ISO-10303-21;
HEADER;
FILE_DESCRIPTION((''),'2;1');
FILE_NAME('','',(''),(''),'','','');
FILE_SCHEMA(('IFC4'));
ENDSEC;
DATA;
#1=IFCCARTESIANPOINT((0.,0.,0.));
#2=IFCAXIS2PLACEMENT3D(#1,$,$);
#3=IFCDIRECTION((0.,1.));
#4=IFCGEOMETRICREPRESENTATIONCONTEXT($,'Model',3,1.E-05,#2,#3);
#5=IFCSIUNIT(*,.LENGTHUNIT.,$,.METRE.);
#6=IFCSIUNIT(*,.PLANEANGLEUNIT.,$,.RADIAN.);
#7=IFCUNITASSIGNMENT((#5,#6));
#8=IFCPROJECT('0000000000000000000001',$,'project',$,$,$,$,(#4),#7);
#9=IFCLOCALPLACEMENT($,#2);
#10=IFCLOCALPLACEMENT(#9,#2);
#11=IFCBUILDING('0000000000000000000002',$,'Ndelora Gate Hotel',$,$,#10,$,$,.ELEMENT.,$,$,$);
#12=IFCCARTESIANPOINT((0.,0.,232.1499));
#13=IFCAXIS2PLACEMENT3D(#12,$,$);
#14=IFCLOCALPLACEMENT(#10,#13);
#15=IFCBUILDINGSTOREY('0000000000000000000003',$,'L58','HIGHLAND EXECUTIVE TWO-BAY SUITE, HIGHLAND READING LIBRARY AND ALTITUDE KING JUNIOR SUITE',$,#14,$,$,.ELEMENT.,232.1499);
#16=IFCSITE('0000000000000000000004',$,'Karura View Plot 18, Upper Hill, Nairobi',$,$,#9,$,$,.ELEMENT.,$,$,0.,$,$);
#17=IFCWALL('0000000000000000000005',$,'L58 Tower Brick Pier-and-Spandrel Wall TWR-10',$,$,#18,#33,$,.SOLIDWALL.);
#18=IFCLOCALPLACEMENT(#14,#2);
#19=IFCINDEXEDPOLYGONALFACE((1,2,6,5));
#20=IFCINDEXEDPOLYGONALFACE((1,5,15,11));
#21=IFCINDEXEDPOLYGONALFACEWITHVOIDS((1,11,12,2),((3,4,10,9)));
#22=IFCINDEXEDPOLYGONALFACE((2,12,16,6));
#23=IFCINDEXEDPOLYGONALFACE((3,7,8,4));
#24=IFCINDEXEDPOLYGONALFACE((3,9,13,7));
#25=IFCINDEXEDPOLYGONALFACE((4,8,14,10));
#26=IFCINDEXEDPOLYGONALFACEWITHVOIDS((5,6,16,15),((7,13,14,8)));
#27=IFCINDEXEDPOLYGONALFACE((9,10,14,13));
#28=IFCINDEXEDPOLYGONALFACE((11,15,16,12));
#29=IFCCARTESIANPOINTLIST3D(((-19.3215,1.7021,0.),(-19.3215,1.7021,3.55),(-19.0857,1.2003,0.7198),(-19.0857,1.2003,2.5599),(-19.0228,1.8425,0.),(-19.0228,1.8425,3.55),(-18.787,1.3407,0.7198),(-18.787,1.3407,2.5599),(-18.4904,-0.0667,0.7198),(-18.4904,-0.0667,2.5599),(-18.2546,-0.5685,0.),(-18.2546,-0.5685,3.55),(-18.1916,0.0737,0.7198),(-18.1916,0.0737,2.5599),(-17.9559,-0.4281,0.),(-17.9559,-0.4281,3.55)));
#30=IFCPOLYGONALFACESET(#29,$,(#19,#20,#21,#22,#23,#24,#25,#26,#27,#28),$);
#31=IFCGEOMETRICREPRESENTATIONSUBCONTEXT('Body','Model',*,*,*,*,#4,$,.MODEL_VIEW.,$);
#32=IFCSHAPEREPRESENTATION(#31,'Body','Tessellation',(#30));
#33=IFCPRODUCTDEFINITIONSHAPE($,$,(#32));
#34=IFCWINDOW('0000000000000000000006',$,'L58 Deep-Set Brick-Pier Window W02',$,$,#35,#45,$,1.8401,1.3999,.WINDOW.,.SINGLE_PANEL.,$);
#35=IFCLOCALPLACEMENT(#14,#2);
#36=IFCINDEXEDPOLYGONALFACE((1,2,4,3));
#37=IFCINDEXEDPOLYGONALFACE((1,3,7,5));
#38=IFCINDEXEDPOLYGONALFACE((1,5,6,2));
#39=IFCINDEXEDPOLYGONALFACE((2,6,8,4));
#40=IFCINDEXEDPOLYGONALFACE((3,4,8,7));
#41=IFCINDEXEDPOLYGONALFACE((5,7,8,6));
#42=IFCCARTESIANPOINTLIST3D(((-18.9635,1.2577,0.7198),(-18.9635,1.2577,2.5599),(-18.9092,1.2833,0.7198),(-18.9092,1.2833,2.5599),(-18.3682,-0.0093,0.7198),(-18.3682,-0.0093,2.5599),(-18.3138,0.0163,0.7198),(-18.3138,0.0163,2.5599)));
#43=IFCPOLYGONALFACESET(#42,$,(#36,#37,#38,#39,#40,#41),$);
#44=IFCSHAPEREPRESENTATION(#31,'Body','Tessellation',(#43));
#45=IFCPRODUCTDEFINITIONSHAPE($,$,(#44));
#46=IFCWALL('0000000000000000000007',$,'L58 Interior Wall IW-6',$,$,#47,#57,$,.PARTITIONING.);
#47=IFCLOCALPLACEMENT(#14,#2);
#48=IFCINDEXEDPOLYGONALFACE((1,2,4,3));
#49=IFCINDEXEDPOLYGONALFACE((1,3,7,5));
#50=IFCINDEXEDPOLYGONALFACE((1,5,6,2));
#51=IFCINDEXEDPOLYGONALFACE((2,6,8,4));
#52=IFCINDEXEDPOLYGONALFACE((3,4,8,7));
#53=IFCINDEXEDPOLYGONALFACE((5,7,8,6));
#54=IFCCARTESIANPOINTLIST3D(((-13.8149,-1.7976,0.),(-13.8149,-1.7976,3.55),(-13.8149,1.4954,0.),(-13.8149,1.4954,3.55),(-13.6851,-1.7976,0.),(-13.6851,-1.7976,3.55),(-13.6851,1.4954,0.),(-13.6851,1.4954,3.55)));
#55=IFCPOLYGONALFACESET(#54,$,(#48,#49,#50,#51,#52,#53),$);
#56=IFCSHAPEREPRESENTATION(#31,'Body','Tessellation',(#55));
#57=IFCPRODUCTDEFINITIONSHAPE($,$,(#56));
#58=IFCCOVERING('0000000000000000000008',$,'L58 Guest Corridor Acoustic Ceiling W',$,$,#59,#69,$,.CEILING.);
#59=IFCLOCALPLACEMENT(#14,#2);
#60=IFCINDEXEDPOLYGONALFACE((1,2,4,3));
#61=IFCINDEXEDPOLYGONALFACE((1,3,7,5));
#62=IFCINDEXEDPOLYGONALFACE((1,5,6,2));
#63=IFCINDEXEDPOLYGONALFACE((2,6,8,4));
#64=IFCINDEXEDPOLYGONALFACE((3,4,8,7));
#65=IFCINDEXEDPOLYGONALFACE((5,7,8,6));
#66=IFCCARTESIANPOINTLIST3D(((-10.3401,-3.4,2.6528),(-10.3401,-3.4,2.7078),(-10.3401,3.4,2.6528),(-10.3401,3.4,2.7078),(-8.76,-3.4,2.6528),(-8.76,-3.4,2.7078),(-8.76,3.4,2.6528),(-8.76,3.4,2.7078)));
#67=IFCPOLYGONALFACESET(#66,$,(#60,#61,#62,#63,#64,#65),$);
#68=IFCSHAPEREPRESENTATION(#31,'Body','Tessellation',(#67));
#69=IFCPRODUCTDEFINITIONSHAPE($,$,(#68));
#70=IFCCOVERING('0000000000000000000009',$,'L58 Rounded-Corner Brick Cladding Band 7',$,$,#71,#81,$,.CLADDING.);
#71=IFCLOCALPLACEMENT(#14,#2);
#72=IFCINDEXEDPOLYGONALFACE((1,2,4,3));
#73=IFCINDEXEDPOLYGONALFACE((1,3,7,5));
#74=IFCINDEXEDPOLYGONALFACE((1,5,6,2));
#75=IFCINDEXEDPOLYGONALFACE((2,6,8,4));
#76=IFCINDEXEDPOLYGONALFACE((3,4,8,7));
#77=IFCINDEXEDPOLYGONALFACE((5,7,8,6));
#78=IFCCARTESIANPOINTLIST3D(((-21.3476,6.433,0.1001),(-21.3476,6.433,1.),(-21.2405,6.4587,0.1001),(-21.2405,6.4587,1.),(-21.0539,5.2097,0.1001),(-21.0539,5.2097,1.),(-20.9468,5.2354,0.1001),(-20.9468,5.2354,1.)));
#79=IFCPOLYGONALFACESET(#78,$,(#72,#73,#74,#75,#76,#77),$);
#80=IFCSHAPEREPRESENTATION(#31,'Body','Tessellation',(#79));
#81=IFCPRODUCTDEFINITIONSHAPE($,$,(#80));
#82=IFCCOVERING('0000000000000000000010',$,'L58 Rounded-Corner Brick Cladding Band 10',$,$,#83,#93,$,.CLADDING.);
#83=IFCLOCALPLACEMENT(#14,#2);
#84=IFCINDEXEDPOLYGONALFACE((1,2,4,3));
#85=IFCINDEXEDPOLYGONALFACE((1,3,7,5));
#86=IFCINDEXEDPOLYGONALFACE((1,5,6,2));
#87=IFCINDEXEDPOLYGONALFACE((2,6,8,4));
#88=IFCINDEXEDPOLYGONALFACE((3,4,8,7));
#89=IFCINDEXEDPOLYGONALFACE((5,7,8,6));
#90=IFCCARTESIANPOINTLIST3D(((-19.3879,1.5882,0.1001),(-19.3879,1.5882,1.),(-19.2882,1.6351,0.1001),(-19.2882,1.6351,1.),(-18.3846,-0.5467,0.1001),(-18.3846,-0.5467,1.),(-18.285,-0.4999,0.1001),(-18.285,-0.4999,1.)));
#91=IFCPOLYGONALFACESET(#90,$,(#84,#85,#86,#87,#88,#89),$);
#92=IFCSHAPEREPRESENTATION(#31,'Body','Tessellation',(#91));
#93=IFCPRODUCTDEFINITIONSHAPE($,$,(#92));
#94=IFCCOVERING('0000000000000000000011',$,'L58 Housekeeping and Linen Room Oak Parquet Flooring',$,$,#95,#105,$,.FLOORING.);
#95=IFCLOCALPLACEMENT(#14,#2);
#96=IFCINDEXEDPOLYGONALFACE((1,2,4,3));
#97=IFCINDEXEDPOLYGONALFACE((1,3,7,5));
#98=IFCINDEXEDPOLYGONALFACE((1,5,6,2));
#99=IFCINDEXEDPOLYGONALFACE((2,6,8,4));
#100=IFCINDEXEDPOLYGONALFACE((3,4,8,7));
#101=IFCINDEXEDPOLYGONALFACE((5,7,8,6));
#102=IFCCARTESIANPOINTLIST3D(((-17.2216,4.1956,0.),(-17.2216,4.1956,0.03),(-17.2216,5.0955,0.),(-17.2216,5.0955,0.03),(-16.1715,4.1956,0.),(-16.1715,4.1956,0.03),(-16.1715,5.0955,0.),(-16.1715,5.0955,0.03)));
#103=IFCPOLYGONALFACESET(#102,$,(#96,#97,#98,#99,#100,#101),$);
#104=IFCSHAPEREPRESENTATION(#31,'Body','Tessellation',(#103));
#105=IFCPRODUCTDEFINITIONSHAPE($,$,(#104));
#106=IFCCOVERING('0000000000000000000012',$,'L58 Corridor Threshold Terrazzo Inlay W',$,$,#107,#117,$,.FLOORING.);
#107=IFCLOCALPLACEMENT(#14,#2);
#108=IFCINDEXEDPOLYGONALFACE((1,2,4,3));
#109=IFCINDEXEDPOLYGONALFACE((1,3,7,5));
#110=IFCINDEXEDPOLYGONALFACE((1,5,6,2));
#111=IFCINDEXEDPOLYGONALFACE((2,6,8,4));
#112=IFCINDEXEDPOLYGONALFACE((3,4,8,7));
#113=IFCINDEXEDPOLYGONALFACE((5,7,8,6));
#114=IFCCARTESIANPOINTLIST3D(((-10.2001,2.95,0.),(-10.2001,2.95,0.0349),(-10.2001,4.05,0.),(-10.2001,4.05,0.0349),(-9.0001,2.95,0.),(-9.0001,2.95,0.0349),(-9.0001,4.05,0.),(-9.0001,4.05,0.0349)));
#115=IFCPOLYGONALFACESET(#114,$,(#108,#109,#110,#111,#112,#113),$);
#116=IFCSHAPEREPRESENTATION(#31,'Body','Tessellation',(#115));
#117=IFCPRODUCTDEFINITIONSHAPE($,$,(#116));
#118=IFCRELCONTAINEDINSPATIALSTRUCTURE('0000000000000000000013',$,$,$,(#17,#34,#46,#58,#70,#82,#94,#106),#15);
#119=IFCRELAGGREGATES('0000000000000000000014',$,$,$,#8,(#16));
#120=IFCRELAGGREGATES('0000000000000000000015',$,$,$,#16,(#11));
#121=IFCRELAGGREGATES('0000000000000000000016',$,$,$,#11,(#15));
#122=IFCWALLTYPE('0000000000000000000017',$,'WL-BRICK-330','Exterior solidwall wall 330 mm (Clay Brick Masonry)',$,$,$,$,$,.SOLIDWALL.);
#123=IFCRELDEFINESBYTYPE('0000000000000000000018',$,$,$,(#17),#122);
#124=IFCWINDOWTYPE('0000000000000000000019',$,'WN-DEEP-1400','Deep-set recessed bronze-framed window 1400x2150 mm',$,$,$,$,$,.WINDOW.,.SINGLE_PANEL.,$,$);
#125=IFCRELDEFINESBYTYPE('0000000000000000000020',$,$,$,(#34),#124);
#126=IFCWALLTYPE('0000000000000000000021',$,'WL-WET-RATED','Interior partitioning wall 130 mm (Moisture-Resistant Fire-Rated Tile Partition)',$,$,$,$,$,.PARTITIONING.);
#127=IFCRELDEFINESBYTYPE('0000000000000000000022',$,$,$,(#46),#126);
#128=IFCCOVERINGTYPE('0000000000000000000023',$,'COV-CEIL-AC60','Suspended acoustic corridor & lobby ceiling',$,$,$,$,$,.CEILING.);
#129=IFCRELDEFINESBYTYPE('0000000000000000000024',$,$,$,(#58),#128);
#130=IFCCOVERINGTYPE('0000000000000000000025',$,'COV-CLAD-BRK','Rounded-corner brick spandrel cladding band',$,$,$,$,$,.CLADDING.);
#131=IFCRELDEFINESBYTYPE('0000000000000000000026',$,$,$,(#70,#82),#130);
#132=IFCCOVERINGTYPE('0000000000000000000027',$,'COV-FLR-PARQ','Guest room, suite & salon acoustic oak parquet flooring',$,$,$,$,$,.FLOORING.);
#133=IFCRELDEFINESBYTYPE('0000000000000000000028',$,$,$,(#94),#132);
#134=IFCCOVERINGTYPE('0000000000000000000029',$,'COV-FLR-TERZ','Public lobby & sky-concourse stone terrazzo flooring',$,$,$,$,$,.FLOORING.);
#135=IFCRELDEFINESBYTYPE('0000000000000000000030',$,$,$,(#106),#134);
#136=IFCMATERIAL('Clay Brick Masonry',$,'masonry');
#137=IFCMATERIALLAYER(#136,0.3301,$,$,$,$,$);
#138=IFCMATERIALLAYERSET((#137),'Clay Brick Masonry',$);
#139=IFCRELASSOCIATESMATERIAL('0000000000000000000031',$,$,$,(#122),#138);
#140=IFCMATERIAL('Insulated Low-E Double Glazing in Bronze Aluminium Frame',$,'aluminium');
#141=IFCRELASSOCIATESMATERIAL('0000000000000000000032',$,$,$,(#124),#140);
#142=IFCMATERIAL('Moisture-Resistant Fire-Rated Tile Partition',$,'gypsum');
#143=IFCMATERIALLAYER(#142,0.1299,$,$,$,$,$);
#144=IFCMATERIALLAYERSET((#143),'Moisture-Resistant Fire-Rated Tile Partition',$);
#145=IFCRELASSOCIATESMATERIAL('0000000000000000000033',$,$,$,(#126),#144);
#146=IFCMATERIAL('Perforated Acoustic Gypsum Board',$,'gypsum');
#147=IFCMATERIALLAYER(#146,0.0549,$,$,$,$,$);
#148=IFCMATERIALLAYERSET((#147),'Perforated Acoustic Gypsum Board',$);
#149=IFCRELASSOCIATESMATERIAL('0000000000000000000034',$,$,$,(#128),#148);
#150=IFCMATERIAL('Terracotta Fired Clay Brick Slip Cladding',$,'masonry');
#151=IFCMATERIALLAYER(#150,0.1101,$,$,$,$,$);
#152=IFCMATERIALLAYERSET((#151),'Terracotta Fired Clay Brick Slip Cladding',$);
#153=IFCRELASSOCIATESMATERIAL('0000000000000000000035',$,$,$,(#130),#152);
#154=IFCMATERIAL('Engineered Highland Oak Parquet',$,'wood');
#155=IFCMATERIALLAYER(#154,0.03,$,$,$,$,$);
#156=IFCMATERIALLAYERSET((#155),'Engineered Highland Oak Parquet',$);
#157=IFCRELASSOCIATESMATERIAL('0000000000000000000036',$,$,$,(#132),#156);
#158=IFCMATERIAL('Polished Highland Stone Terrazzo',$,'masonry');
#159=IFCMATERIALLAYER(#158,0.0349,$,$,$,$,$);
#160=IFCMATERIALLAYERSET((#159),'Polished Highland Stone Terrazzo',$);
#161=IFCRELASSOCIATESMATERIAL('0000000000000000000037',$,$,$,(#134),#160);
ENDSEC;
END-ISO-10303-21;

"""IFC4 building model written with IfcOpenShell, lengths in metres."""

from ifc_helpers import new_model, si_unit, direction, frame, frame_2d, origin, origin_2d, place, context, subcontext, project, spatial, rectangle, extrude, material, layer, layer_set, type_object, element, fill, save


model = new_model("IFC4")

# Units and contexts
model_context = context("Model", 3, precision=1e-05, world=origin(), true_north=direction((0.0, 1.0)))
body_context = subcontext(model_context, "Body", "Model", "MODEL_VIEW")
ifc_project = project(units=[si_unit("LENGTHUNIT", "METRE"), si_unit("PLANEANGLEUNIT", "RADIAN")], contexts=[model_context])

# Site, building, storey
site_placement = place(None, origin())
site = spatial("IfcSite", under=ifc_project, at=site_placement, Name="Karura View Plot 18, Upper Hill, Nairobi", CompositionType="ELEMENT", RefElevation=0.0)
building_placement = place(site_placement, origin())
building = spatial("IfcBuilding", under=site, at=building_placement, Name="Ndelora Gate Hotel", CompositionType="ELEMENT")
storey_placement = place(building_placement, frame((0.0, 0.0, 232.1499)))
storey = spatial("IfcBuildingStorey", under=building, at=storey_placement, Name="L58", Description="HIGHLAND EXECUTIVE TWO-BAY SUITE, HIGHLAND READING LIBRARY AND ALTITUDE KING JUNIOR SUITE", CompositionType="ELEMENT", Elevation=232.1499)

# Shared definitions
ifc_material_1 = material(Name="Clay Brick Masonry", Category="masonry")
ifc_layer_1 = layer(ifc_material_1, 0.3301)
ifc_layer_set_1 = layer_set([ifc_layer_1], Name="Clay Brick Masonry")
wall_type_1 = type_object("IfcWallType", Name="WL-BRICK-330", Description="Exterior solidwall wall 330 mm (Clay Brick Masonry)", PredefinedType="SOLIDWALL", material=ifc_layer_set_1)

# Wall, opening, window
ifc_material_2 = material(Name="Insulated Low-E Double Glazing in Bronze Aluminium Frame", Category="aluminium")
window_type = type_object("IfcWindowType", Name="WN-DEEP-1400", Description="Deep-set recessed bronze-framed window 1400x2150 mm", PartitioningType="SINGLE_PANEL", PredefinedType="WINDOW", material=ifc_material_2)
wall_1_placement = place(storey_placement, frame((-18.1052, -0.4983, 0.0), z_axis=(0.0, 0.0, 1.0), x_axis=(-0.425281, 0.905061, 0.0)))
wall_1 = element("IfcWall", 1, at=wall_1_placement, inside=storey, type_object=wall_type_1, Name="L58 Tower Brick Pier-and-Spandrel Wall TWR-10", PredefinedType="SOLIDWALL", context=body_context, shape_type="SweptSolid", body=[
    extrude(rectangle(XDim=2.5088, YDim=0.3301, at=frame_2d((1.2544, 0.0))), origin(), (0.0, 0.0, 1.0), 3.55),
])
opening_1_placement = place(wall_1_placement, frame((0.5544, 0.0, 0.72)))
opening_1 = element("IfcOpeningElement", 2, at=opening_1_placement, cuts=wall_1, PredefinedType="OPENING", context=body_context, shape_type="SweptSolid", body=[
    extrude(rectangle(XDim=1.3999, YDim=1.8401, at=frame_2d((0.7, 0.9199))), frame((0.0, 0.175, 0.0), z_axis=(0.0, -1.0, 0.0), x_axis=(1.0, 0.0, 0.0)), (0.0, 0.0, 1.0), 0.3501),
])
window_1_placement = place(opening_1_placement, origin())
window_1 = element("IfcWindow", 3, at=window_1_placement, inside=storey, type_object=window_type, Name="L58 Deep-Set Brick-Pier Window W02", OverallHeight=1.8401, OverallWidth=1.3999, PartitioningType="SINGLE_PANEL", PredefinedType="WINDOW", context=body_context, shape_type="SweptSolid", body=[
    extrude(rectangle(XDim=1.3999, YDim=1.8401, at=frame_2d((0.7, 0.9199))), frame((0.0, 0.03, 0.0), z_axis=(0.0, -1.0, 0.0), x_axis=(1.0, 0.0, 0.0)), (0.0, 0.0, 1.0), 0.0601),
])
fill(opening_1, window_1)

# Wall
ifc_material_3 = material(Name="Moisture-Resistant Fire-Rated Tile Partition", Category="gypsum")
ifc_layer_2 = layer(ifc_material_3, 0.1299)
ifc_layer_set_2 = layer_set([ifc_layer_2], Name="Moisture-Resistant Fire-Rated Tile Partition")
wall_type_2 = type_object("IfcWallType", Name="WL-WET-RATED", Description="Interior partitioning wall 130 mm (Moisture-Resistant Fire-Rated Tile Partition)", PredefinedType="PARTITIONING", material=ifc_layer_set_2)
wall_2_placement = place(storey_placement, frame((-13.75, -1.7976, 0.0), z_axis=(0.0, 0.0, 1.0), x_axis=(0.0, 1.0, 0.0)))
element("IfcWall", 4, at=wall_2_placement, inside=storey, type_object=wall_type_2, Name="L58 Interior Wall IW-6", PredefinedType="PARTITIONING", context=body_context, shape_type="SweptSolid", body=[
    extrude(rectangle(XDim=3.293, YDim=0.1299, at=frame_2d((1.6465, 0.0))), origin(), (0.0, 0.0, 1.0), 3.55),
])

# Coverings
ifc_material_4 = material(Name="Perforated Acoustic Gypsum Board", Category="gypsum")
ifc_layer_3 = layer(ifc_material_4, 0.0549)
ifc_layer_set_3 = layer_set([ifc_layer_3], Name="Perforated Acoustic Gypsum Board")
covering_type_1 = type_object("IfcCoveringType", Name="COV-CEIL-AC60", Description="Suspended acoustic corridor & lobby ceiling", PredefinedType="CEILING", material=ifc_layer_set_3)
covering_1_placement = place(storey_placement, frame((-9.55, 0.0, 2.6528), z_axis=(0.0, 0.0, 1.0), x_axis=(1.0, 0.0, 0.0)))
element("IfcCovering", 5, at=covering_1_placement, inside=storey, type_object=covering_type_1, Name="L58 Guest Corridor Acoustic Ceiling W", PredefinedType="CEILING", context=body_context, shape_type="SweptSolid", body=[
    extrude(rectangle(XDim=1.5801, YDim=6.8, at=origin_2d()), origin(), (0.0, 0.0, 1.0), 0.0549),
])
ifc_material_5 = material(Name="Terracotta Fired Clay Brick Slip Cladding", Category="masonry")
ifc_layer_4 = layer(ifc_material_5, 0.1101)
ifc_layer_set_4 = layer_set([ifc_layer_4], Name="Terracotta Fired Clay Brick Slip Cladding")
covering_type_2 = type_object("IfcCoveringType", Name="COV-CLAD-BRK", Description="Rounded-corner brick spandrel cladding band", PredefinedType="CLADDING", material=ifc_layer_set_4)
covering_2_placement = place(storey_placement, frame((-21.1472, 5.8342, 0.1001), z_axis=(0.0, 0.0, 1.0), x_axis=(-0.233445, 0.97237, 0.0)))
element("IfcCovering", 6, at=covering_2_placement, inside=storey, type_object=covering_type_2, Name="L58 Rounded-Corner Brick Cladding Band 7", PredefinedType="CLADDING", context=body_context, shape_type="SweptSolid", body=[
    extrude(rectangle(XDim=1.2581, YDim=0.1101, at=origin_2d()), origin(), (0.0, 0.0, 1.0), 0.8999),
])
covering_3_placement = place(storey_placement, frame((-18.8364, 0.5442, 0.1001), z_axis=(0.0, 0.0, 1.0), x_axis=(-0.425305, 0.90505, 0.0)))
element("IfcCovering", 7, at=covering_3_placement, inside=storey, type_object=covering_type_2, Name="L58 Rounded-Corner Brick Cladding Band 10", PredefinedType="CLADDING", context=body_context, shape_type="SweptSolid", body=[
    extrude(rectangle(XDim=2.3589, YDim=0.1101, at=origin_2d()), origin(), (0.0, 0.0, 1.0), 0.8999),
])
ifc_material_6 = material(Name="Engineered Highland Oak Parquet", Category="wood")
ifc_layer_5 = layer(ifc_material_6, 0.03)
ifc_layer_set_5 = layer_set([ifc_layer_5], Name="Engineered Highland Oak Parquet")
covering_type_3 = type_object("IfcCoveringType", Name="COV-FLR-PARQ", Description="Guest room, suite & salon acoustic oak parquet flooring", PredefinedType="FLOORING", material=ifc_layer_set_5)
covering_4_placement = place(storey_placement, frame((-16.6965, 4.6455, 0.0), z_axis=(0.0, 0.0, 1.0), x_axis=(1.0, 0.0, 0.0)))
element("IfcCovering", 8, at=covering_4_placement, inside=storey, type_object=covering_type_3, Name="L58 Housekeeping and Linen Room Oak Parquet Flooring", PredefinedType="FLOORING", context=body_context, shape_type="SweptSolid", body=[
    extrude(rectangle(XDim=1.05, YDim=0.8999, at=origin_2d()), origin(), (0.0, 0.0, 1.0), 0.03),
])
ifc_material_7 = material(Name="Polished Highland Stone Terrazzo", Category="masonry")
ifc_layer_6 = layer(ifc_material_7, 0.0349)
ifc_layer_set_6 = layer_set([ifc_layer_6], Name="Polished Highland Stone Terrazzo")
covering_type_4 = type_object("IfcCoveringType", Name="COV-FLR-TERZ", Description="Public lobby & sky-concourse stone terrazzo flooring", PredefinedType="FLOORING", material=ifc_layer_set_6)
covering_5_placement = place(storey_placement, frame((-9.6001, 3.5, 0.0), z_axis=(0.0, 0.0, 1.0), x_axis=(1.0, 0.0, 0.0)))
element("IfcCovering", 9, at=covering_5_placement, inside=storey, type_object=covering_type_4, Name="L58 Corridor Threshold Terrazzo Inlay W", PredefinedType="FLOORING", context=body_context, shape_type="SweptSolid", body=[
    extrude(rectangle(XDim=1.2, YDim=1.1001, at=origin_2d()), origin(), (0.0, 0.0, 1.0), 0.0349),
])

save(model, "model.ifc")
